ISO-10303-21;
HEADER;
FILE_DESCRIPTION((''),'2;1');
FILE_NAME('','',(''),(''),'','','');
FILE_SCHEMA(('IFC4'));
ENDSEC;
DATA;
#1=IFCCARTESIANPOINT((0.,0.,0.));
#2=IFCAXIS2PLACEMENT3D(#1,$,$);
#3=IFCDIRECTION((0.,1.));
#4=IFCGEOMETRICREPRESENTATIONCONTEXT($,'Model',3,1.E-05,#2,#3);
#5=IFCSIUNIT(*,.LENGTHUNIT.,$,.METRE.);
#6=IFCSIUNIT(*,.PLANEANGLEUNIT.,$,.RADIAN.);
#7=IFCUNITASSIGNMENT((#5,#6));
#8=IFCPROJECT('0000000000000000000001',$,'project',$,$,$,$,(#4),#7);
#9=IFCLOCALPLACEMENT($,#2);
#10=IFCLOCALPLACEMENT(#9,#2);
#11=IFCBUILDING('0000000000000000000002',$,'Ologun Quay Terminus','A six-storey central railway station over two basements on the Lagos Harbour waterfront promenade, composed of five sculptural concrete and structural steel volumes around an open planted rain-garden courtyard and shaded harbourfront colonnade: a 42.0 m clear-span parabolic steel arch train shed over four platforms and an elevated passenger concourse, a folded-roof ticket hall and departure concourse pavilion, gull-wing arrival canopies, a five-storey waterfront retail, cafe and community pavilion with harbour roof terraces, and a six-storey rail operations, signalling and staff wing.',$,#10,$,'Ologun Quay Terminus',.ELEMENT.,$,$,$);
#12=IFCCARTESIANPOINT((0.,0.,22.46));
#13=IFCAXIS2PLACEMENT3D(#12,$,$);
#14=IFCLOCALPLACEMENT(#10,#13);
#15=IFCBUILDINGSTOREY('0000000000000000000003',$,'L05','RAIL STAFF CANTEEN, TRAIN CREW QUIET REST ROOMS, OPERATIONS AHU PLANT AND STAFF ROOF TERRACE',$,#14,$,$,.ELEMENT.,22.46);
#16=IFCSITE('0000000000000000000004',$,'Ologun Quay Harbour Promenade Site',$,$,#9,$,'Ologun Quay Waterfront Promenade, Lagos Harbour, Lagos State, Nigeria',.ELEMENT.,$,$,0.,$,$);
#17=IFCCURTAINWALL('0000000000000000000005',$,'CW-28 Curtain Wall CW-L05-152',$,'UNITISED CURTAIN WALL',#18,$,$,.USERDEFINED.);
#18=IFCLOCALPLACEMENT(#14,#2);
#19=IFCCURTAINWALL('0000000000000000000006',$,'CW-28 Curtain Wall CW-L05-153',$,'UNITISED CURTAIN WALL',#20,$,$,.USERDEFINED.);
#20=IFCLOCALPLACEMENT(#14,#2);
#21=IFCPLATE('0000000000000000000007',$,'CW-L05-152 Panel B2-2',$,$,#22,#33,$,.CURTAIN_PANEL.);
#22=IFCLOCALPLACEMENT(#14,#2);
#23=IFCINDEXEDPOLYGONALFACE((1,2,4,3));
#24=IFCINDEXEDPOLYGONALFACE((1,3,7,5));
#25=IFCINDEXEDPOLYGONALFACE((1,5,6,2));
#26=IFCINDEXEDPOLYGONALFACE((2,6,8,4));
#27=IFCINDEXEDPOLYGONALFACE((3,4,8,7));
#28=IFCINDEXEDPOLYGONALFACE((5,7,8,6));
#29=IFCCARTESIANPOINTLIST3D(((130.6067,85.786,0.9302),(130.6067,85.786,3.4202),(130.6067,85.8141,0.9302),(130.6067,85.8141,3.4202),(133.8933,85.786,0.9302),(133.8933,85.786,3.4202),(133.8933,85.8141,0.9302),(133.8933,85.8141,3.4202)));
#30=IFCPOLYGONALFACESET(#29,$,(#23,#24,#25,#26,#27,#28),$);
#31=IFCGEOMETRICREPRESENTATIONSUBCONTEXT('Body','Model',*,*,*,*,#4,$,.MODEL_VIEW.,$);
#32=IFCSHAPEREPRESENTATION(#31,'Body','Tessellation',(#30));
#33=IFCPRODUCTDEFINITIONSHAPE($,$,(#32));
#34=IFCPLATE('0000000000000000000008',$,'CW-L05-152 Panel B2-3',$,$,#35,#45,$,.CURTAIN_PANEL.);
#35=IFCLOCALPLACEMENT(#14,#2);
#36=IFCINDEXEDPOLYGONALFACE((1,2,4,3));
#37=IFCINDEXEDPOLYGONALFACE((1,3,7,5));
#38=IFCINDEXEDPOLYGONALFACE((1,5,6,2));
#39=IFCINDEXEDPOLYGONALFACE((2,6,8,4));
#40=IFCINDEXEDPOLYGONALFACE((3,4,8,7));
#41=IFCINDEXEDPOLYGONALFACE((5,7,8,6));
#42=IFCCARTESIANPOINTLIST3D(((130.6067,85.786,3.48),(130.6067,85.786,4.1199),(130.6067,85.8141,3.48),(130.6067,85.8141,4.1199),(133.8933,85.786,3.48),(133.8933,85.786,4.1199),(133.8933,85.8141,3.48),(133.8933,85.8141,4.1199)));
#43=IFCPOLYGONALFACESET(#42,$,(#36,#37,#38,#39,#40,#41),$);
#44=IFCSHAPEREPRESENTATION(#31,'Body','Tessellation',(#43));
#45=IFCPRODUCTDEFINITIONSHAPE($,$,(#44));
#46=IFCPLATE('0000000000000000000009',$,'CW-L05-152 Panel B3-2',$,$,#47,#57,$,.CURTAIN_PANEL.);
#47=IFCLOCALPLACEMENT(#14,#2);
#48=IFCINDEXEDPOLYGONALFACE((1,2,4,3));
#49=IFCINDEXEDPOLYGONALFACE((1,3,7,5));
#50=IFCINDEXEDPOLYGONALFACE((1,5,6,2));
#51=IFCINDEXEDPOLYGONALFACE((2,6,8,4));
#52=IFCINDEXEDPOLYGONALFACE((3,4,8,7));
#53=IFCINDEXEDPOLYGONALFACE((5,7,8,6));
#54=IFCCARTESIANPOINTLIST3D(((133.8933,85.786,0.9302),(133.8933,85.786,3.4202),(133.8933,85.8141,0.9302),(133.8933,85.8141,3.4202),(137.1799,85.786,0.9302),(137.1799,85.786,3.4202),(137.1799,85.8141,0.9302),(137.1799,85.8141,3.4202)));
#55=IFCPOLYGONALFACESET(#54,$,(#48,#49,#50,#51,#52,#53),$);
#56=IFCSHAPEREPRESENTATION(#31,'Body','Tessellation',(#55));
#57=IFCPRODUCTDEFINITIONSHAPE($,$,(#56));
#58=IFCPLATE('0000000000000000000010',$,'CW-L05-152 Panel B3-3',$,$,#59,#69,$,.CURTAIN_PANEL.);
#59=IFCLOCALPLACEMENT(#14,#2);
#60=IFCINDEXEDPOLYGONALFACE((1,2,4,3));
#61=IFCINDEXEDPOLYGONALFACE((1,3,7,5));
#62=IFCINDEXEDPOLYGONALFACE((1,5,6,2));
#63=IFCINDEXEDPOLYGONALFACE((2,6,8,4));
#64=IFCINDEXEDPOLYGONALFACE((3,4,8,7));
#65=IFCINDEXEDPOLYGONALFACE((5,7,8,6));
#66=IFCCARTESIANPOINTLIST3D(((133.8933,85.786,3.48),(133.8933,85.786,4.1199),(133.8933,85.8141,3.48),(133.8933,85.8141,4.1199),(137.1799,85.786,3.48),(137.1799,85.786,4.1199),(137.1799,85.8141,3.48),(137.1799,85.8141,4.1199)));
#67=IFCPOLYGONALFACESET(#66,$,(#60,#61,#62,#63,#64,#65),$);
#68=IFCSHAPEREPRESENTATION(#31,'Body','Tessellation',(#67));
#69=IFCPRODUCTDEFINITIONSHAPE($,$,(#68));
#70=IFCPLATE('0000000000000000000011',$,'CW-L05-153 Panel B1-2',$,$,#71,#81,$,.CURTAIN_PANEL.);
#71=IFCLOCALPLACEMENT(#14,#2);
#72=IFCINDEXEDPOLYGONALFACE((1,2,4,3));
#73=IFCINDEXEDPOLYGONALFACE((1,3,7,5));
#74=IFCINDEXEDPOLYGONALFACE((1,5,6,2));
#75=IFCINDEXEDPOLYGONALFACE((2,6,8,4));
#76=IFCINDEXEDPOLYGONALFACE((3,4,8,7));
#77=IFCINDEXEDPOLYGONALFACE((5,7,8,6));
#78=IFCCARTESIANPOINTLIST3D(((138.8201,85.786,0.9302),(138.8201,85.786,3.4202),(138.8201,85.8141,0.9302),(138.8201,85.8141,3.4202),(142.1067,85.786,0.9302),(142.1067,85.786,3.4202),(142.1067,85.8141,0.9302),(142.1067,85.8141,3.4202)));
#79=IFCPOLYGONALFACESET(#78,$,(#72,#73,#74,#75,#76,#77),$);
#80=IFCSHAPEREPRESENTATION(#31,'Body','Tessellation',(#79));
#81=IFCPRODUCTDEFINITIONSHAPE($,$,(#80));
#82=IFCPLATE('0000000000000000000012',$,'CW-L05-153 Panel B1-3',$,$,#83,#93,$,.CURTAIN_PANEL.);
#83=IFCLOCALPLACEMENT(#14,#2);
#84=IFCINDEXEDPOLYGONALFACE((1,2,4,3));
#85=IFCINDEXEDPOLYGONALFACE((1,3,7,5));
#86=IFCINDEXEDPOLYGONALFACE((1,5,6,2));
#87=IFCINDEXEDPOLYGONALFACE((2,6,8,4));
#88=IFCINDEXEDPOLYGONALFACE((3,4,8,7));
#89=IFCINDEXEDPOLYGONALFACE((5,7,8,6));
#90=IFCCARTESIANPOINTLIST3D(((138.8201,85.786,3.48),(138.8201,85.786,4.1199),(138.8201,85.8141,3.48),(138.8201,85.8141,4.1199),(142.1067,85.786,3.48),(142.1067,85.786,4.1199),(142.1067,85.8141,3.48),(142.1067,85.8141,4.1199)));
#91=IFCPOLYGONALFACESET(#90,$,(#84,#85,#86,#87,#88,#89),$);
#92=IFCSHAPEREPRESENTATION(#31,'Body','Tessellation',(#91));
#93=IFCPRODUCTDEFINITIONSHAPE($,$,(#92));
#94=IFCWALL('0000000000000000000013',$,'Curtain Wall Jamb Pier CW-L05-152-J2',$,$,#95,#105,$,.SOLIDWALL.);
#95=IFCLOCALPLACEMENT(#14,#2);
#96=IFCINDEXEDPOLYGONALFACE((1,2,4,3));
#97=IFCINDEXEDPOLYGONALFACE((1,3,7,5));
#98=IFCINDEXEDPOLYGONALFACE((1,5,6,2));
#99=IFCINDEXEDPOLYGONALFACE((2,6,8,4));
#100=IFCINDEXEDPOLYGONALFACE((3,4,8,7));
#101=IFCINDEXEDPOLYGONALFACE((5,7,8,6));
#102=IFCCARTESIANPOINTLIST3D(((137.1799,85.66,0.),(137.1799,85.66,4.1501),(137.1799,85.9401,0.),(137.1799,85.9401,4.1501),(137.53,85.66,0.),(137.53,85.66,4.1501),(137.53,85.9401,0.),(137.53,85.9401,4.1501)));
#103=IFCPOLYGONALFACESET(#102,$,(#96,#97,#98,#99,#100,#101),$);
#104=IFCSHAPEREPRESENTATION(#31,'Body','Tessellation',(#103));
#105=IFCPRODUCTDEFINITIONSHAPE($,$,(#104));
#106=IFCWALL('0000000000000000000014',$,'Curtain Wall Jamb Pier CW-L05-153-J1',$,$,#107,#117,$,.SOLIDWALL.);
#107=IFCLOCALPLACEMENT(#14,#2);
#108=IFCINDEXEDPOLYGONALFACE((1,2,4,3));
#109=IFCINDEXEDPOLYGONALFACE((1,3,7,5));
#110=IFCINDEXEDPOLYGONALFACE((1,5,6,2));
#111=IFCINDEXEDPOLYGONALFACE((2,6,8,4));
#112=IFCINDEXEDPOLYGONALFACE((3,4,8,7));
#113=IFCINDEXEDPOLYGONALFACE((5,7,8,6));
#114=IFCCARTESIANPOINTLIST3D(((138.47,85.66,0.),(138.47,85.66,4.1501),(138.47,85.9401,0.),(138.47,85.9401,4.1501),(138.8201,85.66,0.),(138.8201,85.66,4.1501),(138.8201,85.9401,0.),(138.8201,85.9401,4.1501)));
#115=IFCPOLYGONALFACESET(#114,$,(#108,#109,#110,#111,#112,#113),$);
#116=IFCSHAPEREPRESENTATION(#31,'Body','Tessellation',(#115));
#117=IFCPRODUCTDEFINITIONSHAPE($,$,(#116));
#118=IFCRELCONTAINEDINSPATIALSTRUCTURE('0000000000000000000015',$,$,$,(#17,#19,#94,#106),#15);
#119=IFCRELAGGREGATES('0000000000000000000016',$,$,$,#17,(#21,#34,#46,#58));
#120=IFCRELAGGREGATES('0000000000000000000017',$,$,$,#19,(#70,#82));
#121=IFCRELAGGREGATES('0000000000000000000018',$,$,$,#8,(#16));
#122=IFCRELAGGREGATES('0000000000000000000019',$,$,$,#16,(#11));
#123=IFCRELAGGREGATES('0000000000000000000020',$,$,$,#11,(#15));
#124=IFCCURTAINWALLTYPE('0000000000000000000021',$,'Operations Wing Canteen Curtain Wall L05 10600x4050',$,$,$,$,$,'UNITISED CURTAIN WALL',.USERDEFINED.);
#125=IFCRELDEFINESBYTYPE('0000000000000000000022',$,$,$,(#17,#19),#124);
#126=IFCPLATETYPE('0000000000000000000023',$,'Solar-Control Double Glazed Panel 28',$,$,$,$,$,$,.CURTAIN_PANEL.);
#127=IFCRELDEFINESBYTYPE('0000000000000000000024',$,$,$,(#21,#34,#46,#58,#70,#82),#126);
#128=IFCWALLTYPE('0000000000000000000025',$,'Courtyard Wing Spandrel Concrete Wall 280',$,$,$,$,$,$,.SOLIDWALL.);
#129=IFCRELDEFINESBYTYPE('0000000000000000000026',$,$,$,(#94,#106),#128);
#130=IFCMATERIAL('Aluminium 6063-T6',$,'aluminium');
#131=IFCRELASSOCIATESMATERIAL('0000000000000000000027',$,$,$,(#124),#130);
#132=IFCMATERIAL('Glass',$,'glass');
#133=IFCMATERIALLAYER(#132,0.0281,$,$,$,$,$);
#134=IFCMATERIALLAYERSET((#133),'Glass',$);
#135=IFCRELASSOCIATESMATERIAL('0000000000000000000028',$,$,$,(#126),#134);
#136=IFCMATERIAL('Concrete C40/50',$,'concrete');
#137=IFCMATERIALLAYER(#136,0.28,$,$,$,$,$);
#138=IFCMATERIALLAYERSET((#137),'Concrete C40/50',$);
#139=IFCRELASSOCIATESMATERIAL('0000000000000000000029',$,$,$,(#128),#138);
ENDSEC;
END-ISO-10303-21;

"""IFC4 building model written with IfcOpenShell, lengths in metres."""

from ifc_helpers import new_model, si_unit, direction, frame, frame_2d, origin, origin_2d, place, context, subcontext, project, spatial, rectangle, extrude, material, layer, layer_set, type_object, element, aggregate, save


model = new_model("IFC4")

# Units and contexts
model_context = context("Model", 3, precision=1e-05, world=origin(), true_north=direction((0.0, 1.0)))
body_context = subcontext(model_context, "Body", "Model", "MODEL_VIEW")
ifc_project = project(units=[si_unit("LENGTHUNIT", "METRE"), si_unit("PLANEANGLEUNIT", "RADIAN")], contexts=[model_context])

# Site, building, storey
site_placement = place(None, origin())
site = spatial("IfcSite", under=ifc_project, at=site_placement, Name="Ologun Quay Harbour Promenade Site", LongName="Ologun Quay Waterfront Promenade, Lagos Harbour, Lagos State, Nigeria", CompositionType="ELEMENT", RefElevation=0.0)
building_placement = place(site_placement, origin())
building = spatial("IfcBuilding", under=site, at=building_placement, Name="Ologun Quay Terminus", Description="A six-storey central railway station over two basements on the Lagos Harbour waterfront promenade, composed of five sculptural concrete and structural steel volumes around an open planted rain-garden courtyard and shaded harbourfront colonnade: a 42.0 m clear-span parabolic steel arch train shed over four platforms and an elevated passenger concourse, a folded-roof ticket hall and departure concourse pavilion, gull-wing arrival canopies, a five-storey waterfront retail, cafe and community pavilion with harbour roof terraces, and a six-storey rail operations, signalling and staff wing.", LongName="Ologun Quay Terminus", CompositionType="ELEMENT")
storey_placement = place(building_placement, frame((0.0, 0.0, 22.46)))
storey = spatial("IfcBuildingStorey", under=building, at=storey_placement, Name="L05", Description="RAIL STAFF CANTEEN, TRAIN CREW QUIET REST ROOMS, OPERATIONS AHU PLANT AND STAFF ROOF TERRACE", CompositionType="ELEMENT", Elevation=22.46)

# Curtain wall
ifc_material_1 = material(Name="Aluminium 6063-T6", Category="aluminium")
curtain_wall_type = type_object("IfcCurtainWallType", Name="Operations Wing Canteen Curtain Wall L05 10600x4050", ElementType="UNITISED CURTAIN WALL", PredefinedType="USERDEFINED", material=ifc_material_1)
curtain_wall_1_placement = place(storey_placement, origin())
curtain_wall_1 = element("IfcCurtainWall", 1, at=curtain_wall_1_placement, inside=storey, type_object=curtain_wall_type, Name="CW-28 Curtain Wall CW-L05-152", ObjectType="UNITISED CURTAIN WALL", PredefinedType="USERDEFINED")

# Curtain wall
curtain_wall_2_placement = place(storey_placement, origin())
curtain_wall_2 = element("IfcCurtainWall", 2, at=curtain_wall_2_placement, inside=storey, type_object=curtain_wall_type, Name="CW-28 Curtain Wall CW-L05-153", ObjectType="UNITISED CURTAIN WALL", PredefinedType="USERDEFINED")

# Plates
ifc_material_2 = material(Name="Glass", Category="glass")
ifc_layer_1 = layer(ifc_material_2, 0.0281)
ifc_layer_set_1 = layer_set([ifc_layer_1], Name="Glass")
plate_type_1 = type_object("IfcPlateType", Name="Solar-Control Double Glazed Panel 28", PredefinedType="CURTAIN_PANEL", material=ifc_layer_set_1)
plate_1_placement = place(storey_placement, frame((132.25, 85.8, 0.9302), z_axis=(0.0, 0.0, 1.0), x_axis=(1.0, 0.0, 0.0)))
plate_1 = element("IfcPlate", 3, at=plate_1_placement, type_object=plate_type_1, Name="CW-L05-152 Panel B2-2", PredefinedType="CURTAIN_PANEL", context=body_context, shape_type="SweptSolid", body=[
    extrude(rectangle(XDim=3.2866, YDim=0.0281, at=origin_2d()), origin(), (0.0, 0.0, 1.0), 2.49),
])
plate_2_placement = place(storey_placement, frame((132.25, 85.8, 3.48), z_axis=(0.0, 0.0, 1.0), x_axis=(1.0, 0.0, 0.0)))
plate_2 = element("IfcPlate", 4, at=plate_2_placement, type_object=plate_type_1, Name="CW-L05-152 Panel B2-3", PredefinedType="CURTAIN_PANEL", context=body_context, shape_type="SweptSolid", body=[
    extrude(rectangle(XDim=3.2866, YDim=0.0281, at=origin_2d()), origin(), (0.0, 0.0, 1.0), 0.6399),
])
plate_3_placement = place(storey_placement, frame((135.5366, 85.8, 0.9302), z_axis=(0.0, 0.0, 1.0), x_axis=(1.0, 0.0, 0.0)))
plate_3 = element("IfcPlate", 5, at=plate_3_placement, type_object=plate_type_1, Name="CW-L05-152 Panel B3-2", PredefinedType="CURTAIN_PANEL", context=body_context, shape_type="SweptSolid", body=[
    extrude(rectangle(XDim=3.2866, YDim=0.0281, at=origin_2d()), origin(), (0.0, 0.0, 1.0), 2.49),
])
plate_4_placement = place(storey_placement, frame((135.5366, 85.8, 3.48), z_axis=(0.0, 0.0, 1.0), x_axis=(1.0, 0.0, 0.0)))
plate_4 = element("IfcPlate", 6, at=plate_4_placement, type_object=plate_type_1, Name="CW-L05-152 Panel B3-3", PredefinedType="CURTAIN_PANEL", context=body_context, shape_type="SweptSolid", body=[
    extrude(rectangle(XDim=3.2866, YDim=0.0281, at=origin_2d()), origin(), (0.0, 0.0, 1.0), 0.6399),
])
aggregate(curtain_wall_1, [plate_1, plate_2, plate_3, plate_4])
plate_5_placement = place(storey_placement, frame((140.4634, 85.8, 0.9302), z_axis=(0.0, 0.0, 1.0), x_axis=(1.0, 0.0, 0.0)))
plate_5 = element("IfcPlate", 7, at=plate_5_placement, type_object=plate_type_1, Name="CW-L05-153 Panel B1-2", PredefinedType="CURTAIN_PANEL", context=body_context, shape_type="SweptSolid", body=[
    extrude(rectangle(XDim=3.2866, YDim=0.0281, at=origin_2d()), origin(), (0.0, 0.0, 1.0), 2.49),
])
plate_6_placement = place(storey_placement, frame((140.4634, 85.8, 3.48), z_axis=(0.0, 0.0, 1.0), x_axis=(1.0, 0.0, 0.0)))
plate_6 = element("IfcPlate", 8, at=plate_6_placement, type_object=plate_type_1, Name="CW-L05-153 Panel B1-3", PredefinedType="CURTAIN_PANEL", context=body_context, shape_type="SweptSolid", body=[
    extrude(rectangle(XDim=3.2866, YDim=0.0281, at=origin_2d()), origin(), (0.0, 0.0, 1.0), 0.6399),
])
aggregate(curtain_wall_2, [plate_5, plate_6])

# Walls
ifc_material_3 = material(Name="Concrete C40/50", Category="concrete")
ifc_layer_2 = layer(ifc_material_3, 0.28)
ifc_layer_set_2 = layer_set([ifc_layer_2], Name="Concrete C40/50")
wall_type = type_object("IfcWallType", Name="Courtyard Wing Spandrel Concrete Wall 280", PredefinedType="SOLIDWALL", material=ifc_layer_set_2)
for number, where, z_axis, x_axis, name in (
    (9, (137.1799, 85.8, 0.0), (0.0, 0.0, 1.0), (1.0, 0.0, 0.0), "Curtain Wall Jamb Pier CW-L05-152-J2"),
    (10, (138.47, 85.8, 0.0), (0.0, 0.0, 1.0), (1.0, 0.0, 0.0), "Curtain Wall Jamb Pier CW-L05-153-J1"),
):
    element("IfcWall", number, at=place(storey_placement, frame(where, z_axis=z_axis, x_axis=x_axis)), inside=storey, type_object=wall_type, Name=name, PredefinedType="SOLIDWALL", context=body_context, shape_type="SweptSolid", body=[
        extrude(rectangle(XDim=0.3501, YDim=0.28, at=frame_2d((0.175, 0.0))), origin(), (0.0, 0.0, 1.0), 4.1501),
    ])

save(model, "model.ifc")
